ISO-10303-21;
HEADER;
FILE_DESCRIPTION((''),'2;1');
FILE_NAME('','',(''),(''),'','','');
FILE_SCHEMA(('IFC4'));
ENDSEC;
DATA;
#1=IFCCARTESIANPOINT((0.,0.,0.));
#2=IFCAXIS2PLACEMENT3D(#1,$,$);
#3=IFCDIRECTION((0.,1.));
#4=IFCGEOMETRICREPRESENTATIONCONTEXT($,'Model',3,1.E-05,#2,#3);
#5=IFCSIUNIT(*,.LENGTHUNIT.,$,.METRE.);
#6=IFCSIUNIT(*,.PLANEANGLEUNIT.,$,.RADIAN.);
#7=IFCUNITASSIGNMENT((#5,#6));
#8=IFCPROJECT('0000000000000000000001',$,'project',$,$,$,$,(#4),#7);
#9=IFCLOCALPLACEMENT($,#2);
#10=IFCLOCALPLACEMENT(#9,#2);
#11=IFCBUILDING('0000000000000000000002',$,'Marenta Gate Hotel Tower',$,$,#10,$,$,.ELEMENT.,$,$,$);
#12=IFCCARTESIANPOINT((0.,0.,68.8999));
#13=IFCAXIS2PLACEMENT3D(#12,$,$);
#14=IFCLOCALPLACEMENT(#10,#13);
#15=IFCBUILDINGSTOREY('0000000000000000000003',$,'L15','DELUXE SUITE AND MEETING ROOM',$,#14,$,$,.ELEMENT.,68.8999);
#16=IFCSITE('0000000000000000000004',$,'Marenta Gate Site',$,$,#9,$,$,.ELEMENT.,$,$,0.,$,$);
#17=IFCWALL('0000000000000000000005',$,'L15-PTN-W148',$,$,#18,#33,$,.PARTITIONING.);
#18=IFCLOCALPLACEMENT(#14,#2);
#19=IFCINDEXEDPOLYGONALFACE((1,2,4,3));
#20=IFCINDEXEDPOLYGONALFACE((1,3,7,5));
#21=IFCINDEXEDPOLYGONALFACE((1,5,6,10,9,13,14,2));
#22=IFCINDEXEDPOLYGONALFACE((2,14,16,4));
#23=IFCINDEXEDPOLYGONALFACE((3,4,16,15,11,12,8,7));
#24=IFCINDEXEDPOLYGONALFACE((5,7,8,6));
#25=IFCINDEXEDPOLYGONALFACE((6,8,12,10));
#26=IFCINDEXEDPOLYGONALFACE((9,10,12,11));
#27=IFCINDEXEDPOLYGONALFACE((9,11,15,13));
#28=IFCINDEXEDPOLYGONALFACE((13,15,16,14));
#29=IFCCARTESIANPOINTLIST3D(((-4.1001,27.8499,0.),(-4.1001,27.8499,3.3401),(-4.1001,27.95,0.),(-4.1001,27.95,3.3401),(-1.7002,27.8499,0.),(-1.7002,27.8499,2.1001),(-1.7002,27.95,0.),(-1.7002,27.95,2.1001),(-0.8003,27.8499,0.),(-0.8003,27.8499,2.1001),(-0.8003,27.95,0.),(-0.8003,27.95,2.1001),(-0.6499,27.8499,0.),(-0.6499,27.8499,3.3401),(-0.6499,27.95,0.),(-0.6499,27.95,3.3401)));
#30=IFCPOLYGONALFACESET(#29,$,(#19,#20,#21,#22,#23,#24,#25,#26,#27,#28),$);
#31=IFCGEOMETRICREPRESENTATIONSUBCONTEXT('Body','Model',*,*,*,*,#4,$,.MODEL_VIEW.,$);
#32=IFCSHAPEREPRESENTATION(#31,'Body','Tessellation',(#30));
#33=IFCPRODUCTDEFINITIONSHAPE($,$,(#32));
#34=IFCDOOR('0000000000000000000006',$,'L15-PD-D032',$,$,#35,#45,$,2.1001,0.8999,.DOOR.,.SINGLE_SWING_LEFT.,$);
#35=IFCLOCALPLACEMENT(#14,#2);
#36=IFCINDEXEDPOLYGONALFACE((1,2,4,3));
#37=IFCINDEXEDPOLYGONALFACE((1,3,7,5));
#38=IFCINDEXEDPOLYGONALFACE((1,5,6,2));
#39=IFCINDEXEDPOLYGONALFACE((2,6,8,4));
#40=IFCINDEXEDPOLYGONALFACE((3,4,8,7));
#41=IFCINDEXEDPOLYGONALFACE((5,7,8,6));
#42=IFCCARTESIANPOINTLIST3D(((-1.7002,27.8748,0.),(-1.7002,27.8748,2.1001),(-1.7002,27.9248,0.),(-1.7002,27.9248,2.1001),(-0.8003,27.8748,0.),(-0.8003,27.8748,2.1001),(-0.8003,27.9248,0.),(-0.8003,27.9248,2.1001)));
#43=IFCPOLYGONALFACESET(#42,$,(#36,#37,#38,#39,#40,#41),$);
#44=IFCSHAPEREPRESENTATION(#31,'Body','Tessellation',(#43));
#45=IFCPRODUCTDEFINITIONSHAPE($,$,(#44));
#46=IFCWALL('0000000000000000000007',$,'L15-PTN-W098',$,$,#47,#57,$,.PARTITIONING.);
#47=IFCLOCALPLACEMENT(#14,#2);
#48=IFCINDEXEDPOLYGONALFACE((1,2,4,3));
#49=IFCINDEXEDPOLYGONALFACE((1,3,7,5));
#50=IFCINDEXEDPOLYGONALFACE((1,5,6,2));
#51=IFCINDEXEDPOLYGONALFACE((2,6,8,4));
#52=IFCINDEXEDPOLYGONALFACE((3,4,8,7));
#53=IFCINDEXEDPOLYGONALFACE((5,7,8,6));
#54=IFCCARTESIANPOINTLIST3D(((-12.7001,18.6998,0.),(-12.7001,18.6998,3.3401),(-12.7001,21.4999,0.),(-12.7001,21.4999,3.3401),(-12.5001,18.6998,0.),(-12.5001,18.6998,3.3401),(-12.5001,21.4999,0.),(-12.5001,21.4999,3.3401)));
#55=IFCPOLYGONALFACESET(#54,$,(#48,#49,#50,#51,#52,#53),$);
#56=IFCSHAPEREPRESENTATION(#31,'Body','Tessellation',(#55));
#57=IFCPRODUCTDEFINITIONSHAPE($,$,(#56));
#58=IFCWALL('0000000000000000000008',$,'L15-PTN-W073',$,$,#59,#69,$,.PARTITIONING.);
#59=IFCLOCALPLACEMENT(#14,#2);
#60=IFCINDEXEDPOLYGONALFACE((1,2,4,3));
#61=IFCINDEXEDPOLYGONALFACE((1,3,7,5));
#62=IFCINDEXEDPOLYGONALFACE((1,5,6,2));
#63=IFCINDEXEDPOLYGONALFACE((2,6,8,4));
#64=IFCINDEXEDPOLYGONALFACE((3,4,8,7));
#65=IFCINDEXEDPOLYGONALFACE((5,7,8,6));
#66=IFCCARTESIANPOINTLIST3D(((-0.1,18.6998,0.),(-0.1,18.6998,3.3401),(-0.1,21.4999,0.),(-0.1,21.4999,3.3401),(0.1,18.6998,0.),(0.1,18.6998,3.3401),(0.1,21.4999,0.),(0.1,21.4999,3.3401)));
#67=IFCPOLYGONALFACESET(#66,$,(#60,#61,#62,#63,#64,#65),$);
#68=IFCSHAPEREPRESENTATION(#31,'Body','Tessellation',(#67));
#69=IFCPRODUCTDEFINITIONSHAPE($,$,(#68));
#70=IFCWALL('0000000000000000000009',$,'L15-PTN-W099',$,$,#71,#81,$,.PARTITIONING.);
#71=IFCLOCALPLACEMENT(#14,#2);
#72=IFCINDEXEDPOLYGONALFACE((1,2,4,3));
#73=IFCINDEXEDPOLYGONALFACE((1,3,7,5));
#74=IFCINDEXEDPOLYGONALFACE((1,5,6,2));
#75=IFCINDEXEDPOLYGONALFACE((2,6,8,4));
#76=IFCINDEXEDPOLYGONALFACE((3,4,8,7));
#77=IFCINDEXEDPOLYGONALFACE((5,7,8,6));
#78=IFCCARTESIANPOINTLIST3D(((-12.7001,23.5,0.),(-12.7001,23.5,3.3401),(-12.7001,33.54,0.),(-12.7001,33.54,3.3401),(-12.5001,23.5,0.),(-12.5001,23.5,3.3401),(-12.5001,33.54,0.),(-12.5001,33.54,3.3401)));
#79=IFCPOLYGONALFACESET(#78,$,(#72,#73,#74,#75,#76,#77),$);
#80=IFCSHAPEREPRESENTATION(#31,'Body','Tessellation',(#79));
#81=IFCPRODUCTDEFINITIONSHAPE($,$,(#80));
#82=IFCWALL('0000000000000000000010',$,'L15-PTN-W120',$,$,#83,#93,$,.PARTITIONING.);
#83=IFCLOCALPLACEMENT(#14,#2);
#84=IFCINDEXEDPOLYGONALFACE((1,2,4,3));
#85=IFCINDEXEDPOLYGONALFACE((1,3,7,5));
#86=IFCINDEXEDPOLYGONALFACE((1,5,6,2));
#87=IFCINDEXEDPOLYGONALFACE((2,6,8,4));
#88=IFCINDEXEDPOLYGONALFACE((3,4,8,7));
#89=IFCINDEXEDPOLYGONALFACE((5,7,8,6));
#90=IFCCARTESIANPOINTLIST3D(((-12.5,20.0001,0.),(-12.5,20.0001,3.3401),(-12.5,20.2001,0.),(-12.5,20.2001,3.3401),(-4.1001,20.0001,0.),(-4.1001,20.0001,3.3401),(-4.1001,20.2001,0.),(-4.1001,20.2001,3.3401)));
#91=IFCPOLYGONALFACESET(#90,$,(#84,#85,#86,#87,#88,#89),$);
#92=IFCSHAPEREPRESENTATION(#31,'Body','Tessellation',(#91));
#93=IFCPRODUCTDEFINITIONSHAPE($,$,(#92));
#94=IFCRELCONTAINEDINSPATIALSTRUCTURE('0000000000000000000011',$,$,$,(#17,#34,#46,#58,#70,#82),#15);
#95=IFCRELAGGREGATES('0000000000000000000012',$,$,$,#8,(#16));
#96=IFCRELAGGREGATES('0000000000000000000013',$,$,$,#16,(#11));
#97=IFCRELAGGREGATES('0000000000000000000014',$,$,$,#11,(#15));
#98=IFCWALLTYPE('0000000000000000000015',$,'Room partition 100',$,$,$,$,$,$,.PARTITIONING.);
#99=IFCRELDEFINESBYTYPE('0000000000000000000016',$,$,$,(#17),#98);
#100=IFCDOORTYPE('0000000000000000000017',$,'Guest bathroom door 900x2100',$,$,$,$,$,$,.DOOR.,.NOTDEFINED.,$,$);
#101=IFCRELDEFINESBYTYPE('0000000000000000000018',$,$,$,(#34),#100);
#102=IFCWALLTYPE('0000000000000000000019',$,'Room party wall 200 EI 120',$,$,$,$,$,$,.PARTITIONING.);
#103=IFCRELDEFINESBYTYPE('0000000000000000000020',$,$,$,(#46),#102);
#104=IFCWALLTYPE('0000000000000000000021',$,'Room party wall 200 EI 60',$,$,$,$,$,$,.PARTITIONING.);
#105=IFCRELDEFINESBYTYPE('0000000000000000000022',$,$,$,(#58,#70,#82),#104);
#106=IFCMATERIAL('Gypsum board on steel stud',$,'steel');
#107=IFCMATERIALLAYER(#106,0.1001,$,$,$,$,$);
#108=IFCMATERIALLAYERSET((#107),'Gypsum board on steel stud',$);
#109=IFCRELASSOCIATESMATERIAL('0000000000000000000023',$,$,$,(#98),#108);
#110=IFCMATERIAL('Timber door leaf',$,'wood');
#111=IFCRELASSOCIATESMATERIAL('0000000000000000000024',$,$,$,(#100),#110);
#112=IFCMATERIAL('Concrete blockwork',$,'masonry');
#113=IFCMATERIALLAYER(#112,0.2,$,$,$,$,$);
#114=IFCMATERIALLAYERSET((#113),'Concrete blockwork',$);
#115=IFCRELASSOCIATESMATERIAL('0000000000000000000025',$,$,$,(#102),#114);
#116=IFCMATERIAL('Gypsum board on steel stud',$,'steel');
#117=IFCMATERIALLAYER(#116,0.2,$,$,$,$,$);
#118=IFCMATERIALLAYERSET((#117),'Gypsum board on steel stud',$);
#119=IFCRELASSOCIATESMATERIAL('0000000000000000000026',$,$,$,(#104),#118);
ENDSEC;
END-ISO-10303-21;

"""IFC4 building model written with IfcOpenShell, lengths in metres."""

from ifc_helpers import new_model, si_unit, direction, frame, frame_2d, origin, place, context, subcontext, project, spatial, rectangle, extrude, material, layer, layer_set, type_object, element, fill, save


model = new_model("IFC4")

# Units and contexts
model_context = context("Model", 3, precision=1e-05, world=origin(), true_north=direction((0.0, 1.0)))
body_context = subcontext(model_context, "Body", "Model", "MODEL_VIEW")
ifc_project = project(units=[si_unit("LENGTHUNIT", "METRE"), si_unit("PLANEANGLEUNIT", "RADIAN")], contexts=[model_context])

# Site, building, storey
site_placement = place(None, origin())
site = spatial("IfcSite", under=ifc_project, at=site_placement, Name="Marenta Gate Site", CompositionType="ELEMENT", RefElevation=0.0)
building_placement = place(site_placement, origin())
building = spatial("IfcBuilding", under=site, at=building_placement, Name="Marenta Gate Hotel Tower", CompositionType="ELEMENT")
storey_placement = place(building_placement, frame((0.0, 0.0, 68.8999)))
storey = spatial("IfcBuildingStorey", under=building, at=storey_placement, Name="L15", Description="DELUXE SUITE AND MEETING ROOM", CompositionType="ELEMENT", Elevation=68.8999)

# Shared definitions
ifc_material_1 = material(Name="Gypsum board on steel stud", Category="steel")
ifc_layer_1 = layer(ifc_material_1, 0.1001)
ifc_layer_set_1 = layer_set([ifc_layer_1], Name="Gypsum board on steel stud")
wall_type_1 = type_object("IfcWallType", Name="Room partition 100", PredefinedType="PARTITIONING", material=ifc_layer_set_1)

# Shared definitions
ifc_material_2 = material(Name="Timber door leaf", Category="wood")
door_type_1 = type_object("IfcDoorType", Name="Guest bathroom door 900x2100", OperationType="NOTDEFINED", PredefinedType="DOOR", material=ifc_material_2)

# Wall, opening, door
wall_1_placement = place(storey_placement, frame((-4.1001, 27.8999, 0.0), z_axis=(0.0, 0.0, 1.0), x_axis=(1.0, 0.0, 0.0)))
wall_1 = element("IfcWall", 1, at=wall_1_placement, inside=storey, type_object=wall_type_1, Name="L15-PTN-W148", PredefinedType="PARTITIONING", context=body_context, shape_type="SweptSolid", body=[
    extrude(rectangle(XDim=3.4502, YDim=0.1001, at=frame_2d((1.7251, 0.0))), origin(), (0.0, 0.0, 1.0), 3.3401),
])
opening_1_placement = place(wall_1_placement, frame((2.3999, 0.0, 0.0)))
opening_1 = element("IfcOpeningElement", 2, at=opening_1_placement, cuts=wall_1, PredefinedType="OPENING", context=body_context, shape_type="SweptSolid", body=[
    extrude(rectangle(XDim=0.8999, YDim=2.1001, at=frame_2d((0.45, 1.05))), frame((0.0, 0.05, 0.0), z_axis=(0.0, -1.0, 0.0), x_axis=(1.0, 0.0, 0.0)), (0.0, 0.0, 1.0), 0.1001),
])
door_1_placement = place(opening_1_placement, origin())
door_1 = element("IfcDoor", 3, at=door_1_placement, inside=storey, type_object=door_type_1, Name="L15-PD-D032", OperationType="SINGLE_SWING_LEFT", OverallHeight=2.1001, OverallWidth=0.8999, PredefinedType="DOOR", context=body_context, shape_type="SweptSolid", body=[
    extrude(rectangle(XDim=0.8999, YDim=2.1001, at=frame_2d((0.45, 1.05))), frame((0.0, 0.0249, 0.0), z_axis=(0.0, -1.0, 0.0), x_axis=(1.0, 0.0, 0.0)), (0.0, 0.0, 1.0), 0.05),
])
fill(opening_1, door_1)

# Walls
ifc_material_3 = material(Name="Concrete blockwork", Category="masonry")
ifc_layer_2 = layer(ifc_material_3, 0.2)
ifc_layer_set_2 = layer_set([ifc_layer_2], Name="Concrete blockwork")
wall_type_2 = type_object("IfcWallType", Name="Room party wall 200 EI 120", PredefinedType="PARTITIONING", material=ifc_layer_set_2)
wall_2_placement = place(storey_placement, frame((-12.6001, 18.7, 0.0), z_axis=(0.0, 0.0, 1.0), x_axis=(0.0, 1.0, 0.0)))
element("IfcWall", 4, at=wall_2_placement, inside=storey, type_object=wall_type_2, Name="L15-PTN-W098", PredefinedType="PARTITIONING", context=body_context, shape_type="SweptSolid", body=[
    extrude(rectangle(XDim=2.8, YDim=0.2, at=frame_2d((1.3999, 0.0))), origin(), (0.0, 0.0, 1.0), 3.3401),
])
ifc_material_4 = material(Name="Gypsum board on steel stud", Category="steel")
ifc_layer_3 = layer(ifc_material_4, 0.2)
ifc_layer_set_3 = layer_set([ifc_layer_3], Name="Gypsum board on steel stud")
wall_type_3 = type_object("IfcWallType", Name="Room party wall 200 EI 60", PredefinedType="PARTITIONING", material=ifc_layer_set_3)
wall_3_placement = place(storey_placement, frame((0.0, 18.7, 0.0), z_axis=(0.0, 0.0, 1.0), x_axis=(0.0, 1.0, 0.0)))
element("IfcWall", 5, at=wall_3_placement, inside=storey, type_object=wall_type_3, Name="L15-PTN-W073", PredefinedType="PARTITIONING", context=body_context, shape_type="SweptSolid", body=[
    extrude(rectangle(XDim=2.8, YDim=0.2, at=frame_2d((1.3999, 0.0))), origin(), (0.0, 0.0, 1.0), 3.3401),
])
wall_4_placement = place(storey_placement, frame((-12.6001, 23.5, 0.0), z_axis=(0.0, 0.0, 1.0), x_axis=(0.0, 1.0, 0.0)))
element("IfcWall", 6, at=wall_4_placement, inside=storey, type_object=wall_type_3, Name="L15-PTN-W099", PredefinedType="PARTITIONING", context=body_context, shape_type="SweptSolid", body=[
    extrude(rectangle(XDim=10.04, YDim=0.2, at=frame_2d((5.02, 0.0))), origin(), (0.0, 0.0, 1.0), 3.3401),
])
wall_5_placement = place(storey_placement, frame((-12.5, 20.1001, 0.0), z_axis=(0.0, 0.0, 1.0), x_axis=(1.0, 0.0, 0.0)))
element("IfcWall", 7, at=wall_5_placement, inside=storey, type_object=wall_type_3, Name="L15-PTN-W120", PredefinedType="PARTITIONING", context=body_context, shape_type="SweptSolid", body=[
    extrude(rectangle(XDim=8.3999, YDim=0.2, at=frame_2d((4.2, 0.0))), origin(), (0.0, 0.0, 1.0), 3.3401),
])

save(model, "model.ifc")
